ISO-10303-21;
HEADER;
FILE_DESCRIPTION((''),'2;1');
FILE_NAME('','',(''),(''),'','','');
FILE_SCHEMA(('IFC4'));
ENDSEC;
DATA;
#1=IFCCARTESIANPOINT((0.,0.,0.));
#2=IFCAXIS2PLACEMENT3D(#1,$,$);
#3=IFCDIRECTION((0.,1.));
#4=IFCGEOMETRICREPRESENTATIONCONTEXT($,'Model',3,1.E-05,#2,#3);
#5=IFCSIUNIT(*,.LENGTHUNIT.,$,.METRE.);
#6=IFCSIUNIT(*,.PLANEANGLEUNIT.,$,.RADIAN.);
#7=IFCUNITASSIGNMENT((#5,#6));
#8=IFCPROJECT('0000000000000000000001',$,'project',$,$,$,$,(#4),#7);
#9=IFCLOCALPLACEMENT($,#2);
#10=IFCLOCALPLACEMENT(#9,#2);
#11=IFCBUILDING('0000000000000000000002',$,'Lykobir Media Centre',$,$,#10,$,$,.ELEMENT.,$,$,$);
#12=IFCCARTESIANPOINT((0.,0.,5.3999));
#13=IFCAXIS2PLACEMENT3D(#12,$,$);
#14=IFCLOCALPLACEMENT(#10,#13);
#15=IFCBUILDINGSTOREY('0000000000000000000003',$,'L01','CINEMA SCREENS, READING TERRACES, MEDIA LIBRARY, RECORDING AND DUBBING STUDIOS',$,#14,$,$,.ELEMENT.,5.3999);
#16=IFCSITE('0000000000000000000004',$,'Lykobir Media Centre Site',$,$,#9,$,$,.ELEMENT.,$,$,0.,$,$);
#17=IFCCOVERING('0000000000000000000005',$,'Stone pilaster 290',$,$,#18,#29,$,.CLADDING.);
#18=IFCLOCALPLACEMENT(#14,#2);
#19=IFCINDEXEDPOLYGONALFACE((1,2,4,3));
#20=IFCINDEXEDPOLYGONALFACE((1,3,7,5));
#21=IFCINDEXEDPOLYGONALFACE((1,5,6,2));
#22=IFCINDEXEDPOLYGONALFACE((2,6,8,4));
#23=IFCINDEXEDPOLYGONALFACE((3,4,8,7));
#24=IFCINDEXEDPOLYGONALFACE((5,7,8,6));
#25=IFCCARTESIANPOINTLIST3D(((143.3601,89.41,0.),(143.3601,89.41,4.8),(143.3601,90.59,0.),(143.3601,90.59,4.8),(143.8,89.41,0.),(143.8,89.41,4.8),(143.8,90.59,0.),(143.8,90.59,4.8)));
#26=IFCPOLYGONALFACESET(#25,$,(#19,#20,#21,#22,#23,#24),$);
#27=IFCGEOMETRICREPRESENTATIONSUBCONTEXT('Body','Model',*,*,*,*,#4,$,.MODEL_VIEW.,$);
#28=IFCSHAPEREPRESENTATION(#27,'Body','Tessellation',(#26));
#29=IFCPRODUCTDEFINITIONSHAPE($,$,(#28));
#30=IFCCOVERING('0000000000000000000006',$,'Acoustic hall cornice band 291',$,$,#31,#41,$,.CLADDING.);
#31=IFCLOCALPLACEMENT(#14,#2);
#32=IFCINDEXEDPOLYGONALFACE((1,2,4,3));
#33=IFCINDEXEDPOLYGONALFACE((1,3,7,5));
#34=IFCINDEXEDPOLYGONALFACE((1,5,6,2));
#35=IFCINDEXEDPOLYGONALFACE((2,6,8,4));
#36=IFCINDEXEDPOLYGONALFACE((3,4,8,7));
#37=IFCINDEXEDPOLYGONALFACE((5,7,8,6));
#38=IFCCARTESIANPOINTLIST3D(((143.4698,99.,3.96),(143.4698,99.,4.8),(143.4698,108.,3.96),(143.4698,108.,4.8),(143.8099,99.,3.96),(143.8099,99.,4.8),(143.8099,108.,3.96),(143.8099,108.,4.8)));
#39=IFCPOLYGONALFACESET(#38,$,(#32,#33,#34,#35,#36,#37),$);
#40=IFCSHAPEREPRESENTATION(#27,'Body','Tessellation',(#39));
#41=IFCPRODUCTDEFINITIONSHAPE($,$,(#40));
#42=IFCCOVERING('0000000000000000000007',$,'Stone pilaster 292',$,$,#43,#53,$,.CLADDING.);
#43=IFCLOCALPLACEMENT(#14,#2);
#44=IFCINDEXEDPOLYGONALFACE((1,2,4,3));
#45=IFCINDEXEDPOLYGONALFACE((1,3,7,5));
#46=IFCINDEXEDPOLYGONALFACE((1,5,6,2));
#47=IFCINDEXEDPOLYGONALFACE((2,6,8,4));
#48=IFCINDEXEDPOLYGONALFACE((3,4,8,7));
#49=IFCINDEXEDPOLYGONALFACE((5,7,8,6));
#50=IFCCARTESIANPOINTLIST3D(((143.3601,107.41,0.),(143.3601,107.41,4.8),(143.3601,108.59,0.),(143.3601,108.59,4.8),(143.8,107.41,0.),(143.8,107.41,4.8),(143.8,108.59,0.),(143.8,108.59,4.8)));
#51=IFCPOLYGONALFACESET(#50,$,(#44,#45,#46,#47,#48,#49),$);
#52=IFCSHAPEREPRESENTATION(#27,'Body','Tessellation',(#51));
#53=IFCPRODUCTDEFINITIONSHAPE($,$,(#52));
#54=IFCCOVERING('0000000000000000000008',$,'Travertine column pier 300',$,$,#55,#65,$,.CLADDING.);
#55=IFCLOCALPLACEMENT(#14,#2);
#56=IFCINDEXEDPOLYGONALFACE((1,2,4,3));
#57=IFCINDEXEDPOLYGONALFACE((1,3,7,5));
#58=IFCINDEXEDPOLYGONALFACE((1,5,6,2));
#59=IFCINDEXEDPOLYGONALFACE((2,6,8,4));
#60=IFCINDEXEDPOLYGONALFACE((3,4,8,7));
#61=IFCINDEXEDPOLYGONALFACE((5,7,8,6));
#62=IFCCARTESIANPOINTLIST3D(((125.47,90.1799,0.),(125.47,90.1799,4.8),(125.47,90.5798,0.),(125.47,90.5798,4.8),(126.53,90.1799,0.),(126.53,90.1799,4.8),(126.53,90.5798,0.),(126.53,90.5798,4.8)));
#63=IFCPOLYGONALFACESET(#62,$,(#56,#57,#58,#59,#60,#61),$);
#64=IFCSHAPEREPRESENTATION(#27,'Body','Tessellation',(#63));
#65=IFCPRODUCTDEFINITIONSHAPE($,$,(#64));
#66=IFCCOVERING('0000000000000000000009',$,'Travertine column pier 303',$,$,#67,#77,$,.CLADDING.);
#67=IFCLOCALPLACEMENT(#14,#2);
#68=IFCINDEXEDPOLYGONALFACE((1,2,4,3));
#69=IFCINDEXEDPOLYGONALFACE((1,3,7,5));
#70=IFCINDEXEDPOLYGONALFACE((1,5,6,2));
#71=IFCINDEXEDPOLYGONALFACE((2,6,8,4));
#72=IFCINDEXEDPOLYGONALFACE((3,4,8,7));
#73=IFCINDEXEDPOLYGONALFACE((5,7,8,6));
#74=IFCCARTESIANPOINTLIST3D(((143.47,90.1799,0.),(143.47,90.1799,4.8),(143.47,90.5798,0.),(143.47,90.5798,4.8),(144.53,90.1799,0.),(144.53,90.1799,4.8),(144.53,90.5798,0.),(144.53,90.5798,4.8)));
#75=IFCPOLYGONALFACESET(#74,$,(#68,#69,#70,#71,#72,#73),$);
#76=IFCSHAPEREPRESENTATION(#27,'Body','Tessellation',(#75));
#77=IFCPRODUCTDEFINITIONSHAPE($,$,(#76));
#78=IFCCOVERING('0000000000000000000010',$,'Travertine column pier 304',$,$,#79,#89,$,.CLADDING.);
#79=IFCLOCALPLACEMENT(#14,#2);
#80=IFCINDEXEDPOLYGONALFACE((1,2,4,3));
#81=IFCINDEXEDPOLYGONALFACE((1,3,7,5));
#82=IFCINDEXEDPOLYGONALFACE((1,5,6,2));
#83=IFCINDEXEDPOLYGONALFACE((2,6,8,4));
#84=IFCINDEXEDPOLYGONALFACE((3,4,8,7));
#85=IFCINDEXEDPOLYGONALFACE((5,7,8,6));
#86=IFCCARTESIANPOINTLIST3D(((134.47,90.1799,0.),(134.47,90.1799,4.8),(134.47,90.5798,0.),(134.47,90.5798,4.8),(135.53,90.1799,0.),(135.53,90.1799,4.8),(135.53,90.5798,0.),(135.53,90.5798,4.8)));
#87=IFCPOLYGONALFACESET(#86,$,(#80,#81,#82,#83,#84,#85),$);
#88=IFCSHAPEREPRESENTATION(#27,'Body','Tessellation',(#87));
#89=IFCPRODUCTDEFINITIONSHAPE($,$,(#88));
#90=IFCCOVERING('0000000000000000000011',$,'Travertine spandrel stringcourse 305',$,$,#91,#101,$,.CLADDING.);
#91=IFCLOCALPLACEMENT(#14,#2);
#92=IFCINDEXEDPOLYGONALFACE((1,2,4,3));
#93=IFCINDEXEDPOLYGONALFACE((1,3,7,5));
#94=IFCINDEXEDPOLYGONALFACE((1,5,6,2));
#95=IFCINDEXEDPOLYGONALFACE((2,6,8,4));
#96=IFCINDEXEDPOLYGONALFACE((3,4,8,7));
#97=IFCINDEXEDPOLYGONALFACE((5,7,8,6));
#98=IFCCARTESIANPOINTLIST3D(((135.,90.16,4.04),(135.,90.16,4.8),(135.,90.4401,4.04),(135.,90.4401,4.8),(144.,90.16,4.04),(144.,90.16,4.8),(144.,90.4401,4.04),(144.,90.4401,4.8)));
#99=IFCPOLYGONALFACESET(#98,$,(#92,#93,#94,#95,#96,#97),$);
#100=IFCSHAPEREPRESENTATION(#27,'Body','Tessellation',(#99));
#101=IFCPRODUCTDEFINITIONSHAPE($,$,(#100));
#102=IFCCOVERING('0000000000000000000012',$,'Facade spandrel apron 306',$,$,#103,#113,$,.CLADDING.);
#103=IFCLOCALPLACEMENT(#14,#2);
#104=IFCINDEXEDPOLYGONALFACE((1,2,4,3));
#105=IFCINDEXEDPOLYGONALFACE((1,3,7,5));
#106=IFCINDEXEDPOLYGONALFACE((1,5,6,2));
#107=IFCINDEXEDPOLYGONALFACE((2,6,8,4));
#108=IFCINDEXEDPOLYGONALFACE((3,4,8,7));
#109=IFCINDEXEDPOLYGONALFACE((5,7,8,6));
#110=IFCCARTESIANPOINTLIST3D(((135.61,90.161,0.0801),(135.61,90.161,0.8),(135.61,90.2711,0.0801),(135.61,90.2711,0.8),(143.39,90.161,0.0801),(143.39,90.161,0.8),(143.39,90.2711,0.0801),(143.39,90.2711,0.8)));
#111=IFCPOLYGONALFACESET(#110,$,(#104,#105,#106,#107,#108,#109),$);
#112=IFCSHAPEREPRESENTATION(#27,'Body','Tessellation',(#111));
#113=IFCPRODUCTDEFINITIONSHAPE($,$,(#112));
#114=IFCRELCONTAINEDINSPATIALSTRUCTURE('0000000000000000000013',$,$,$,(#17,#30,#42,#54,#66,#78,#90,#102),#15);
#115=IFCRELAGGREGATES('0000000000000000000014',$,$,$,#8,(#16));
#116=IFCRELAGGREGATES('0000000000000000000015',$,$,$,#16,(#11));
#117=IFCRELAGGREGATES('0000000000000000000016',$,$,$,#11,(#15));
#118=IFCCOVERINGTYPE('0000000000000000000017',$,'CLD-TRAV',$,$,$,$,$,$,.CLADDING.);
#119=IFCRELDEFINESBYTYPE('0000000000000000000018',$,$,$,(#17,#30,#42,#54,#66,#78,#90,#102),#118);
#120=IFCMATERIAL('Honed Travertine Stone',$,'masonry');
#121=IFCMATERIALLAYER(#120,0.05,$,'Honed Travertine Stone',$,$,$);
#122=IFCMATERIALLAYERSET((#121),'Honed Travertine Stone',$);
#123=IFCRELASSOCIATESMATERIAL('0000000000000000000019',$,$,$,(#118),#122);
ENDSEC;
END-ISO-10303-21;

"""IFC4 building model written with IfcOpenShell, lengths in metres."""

from ifc_helpers import new_model, si_unit, direction, frame, origin, origin_2d, place, context, subcontext, project, spatial, rectangle, extrude, material, layer, layer_set, type_object, element, save


model = new_model("IFC4")

# Units and contexts
model_context = context("Model", 3, precision=1e-05, world=origin(), true_north=direction((0.0, 1.0)))
body_context = subcontext(model_context, "Body", "Model", "MODEL_VIEW")
ifc_project = project(units=[si_unit("LENGTHUNIT", "METRE"), si_unit("PLANEANGLEUNIT", "RADIAN")], contexts=[model_context])

# Site, building, storey
site_placement = place(None, origin())
site = spatial("IfcSite", under=ifc_project, at=site_placement, Name="Lykobir Media Centre Site", CompositionType="ELEMENT", RefElevation=0.0)
building_placement = place(site_placement, origin())
building = spatial("IfcBuilding", under=site, at=building_placement, Name="Lykobir Media Centre", CompositionType="ELEMENT")
storey_placement = place(building_placement, frame((0.0, 0.0, 5.3999)))
storey = spatial("IfcBuildingStorey", under=building, at=storey_placement, Name="L01", Description="CINEMA SCREENS, READING TERRACES, MEDIA LIBRARY, RECORDING AND DUBBING STUDIOS", CompositionType="ELEMENT", Elevation=5.3999)

# Shared definitions
ifc_material_1 = material(Name="Honed Travertine Stone", Category="masonry")

# Coverings
ifc_layer_1 = layer(ifc_material_1, 0.05, Name="Honed Travertine Stone")
ifc_layer_set_1 = layer_set([ifc_layer_1], Name="Honed Travertine Stone")
covering_type = type_object("IfcCoveringType", Name="CLD-TRAV", PredefinedType="CLADDING", material=ifc_layer_set_1)
for number, where, z_axis, x_axis, name in (
    (1, (143.5801, 90.0, 0.0), (0.0, 0.0, 1.0), (0.0, -1.0, 0.0), "Stone pilaster 290"),
):
    element("IfcCovering", number, at=place(storey_placement, frame(where, z_axis=z_axis, x_axis=x_axis)), inside=storey, type_object=covering_type, Name=name, PredefinedType="CLADDING", context=body_context, shape_type="SweptSolid", body=[
        extrude(rectangle(XDim=1.1799, YDim=0.4399, at=origin_2d()), origin(), (0.0, 0.0, 1.0), 4.8),
    ])
covering_1_placement = place(storey_placement, frame((143.6399, 103.5, 3.96), z_axis=(0.0, 0.0, 1.0), x_axis=(0.0, -1.0, 0.0)))
element("IfcCovering", 2, at=covering_1_placement, inside=storey, type_object=covering_type, Name="Acoustic hall cornice band 291", PredefinedType="CLADDING", context=body_context, shape_type="SweptSolid", body=[
    extrude(rectangle(XDim=9.0, YDim=0.3401, at=origin_2d()), origin(), (0.0, 0.0, 1.0), 0.8401),
])
covering_2_placement = place(storey_placement, frame((143.5801, 108.0, 0.0), z_axis=(0.0, 0.0, 1.0), x_axis=(0.0, -1.0, 0.0)))
element("IfcCovering", 3, at=covering_2_placement, inside=storey, type_object=covering_type, Name="Stone pilaster 292", PredefinedType="CLADDING", context=body_context, shape_type="SweptSolid", body=[
    extrude(rectangle(XDim=1.1799, YDim=0.4399, at=origin_2d()), origin(), (0.0, 0.0, 1.0), 4.8),
])
for number, where, z_axis, x_axis, name in (
    (4, (126.0, 90.3799, 0.0), (0.0, 0.0, 1.0), (-1.0, 0.0, 0.0), "Travertine column pier 300"),
    (5, (144.0, 90.3799, 0.0), (0.0, 0.0, 1.0), (-1.0, 0.0, 0.0), "Travertine column pier 303"),
    (6, (135.0, 90.3799, 0.0), (0.0, 0.0, 1.0), (-1.0, 0.0, 0.0), "Travertine column pier 304"),
):
    element("IfcCovering", number, at=place(storey_placement, frame(where, z_axis=z_axis, x_axis=x_axis)), inside=storey, type_object=covering_type, Name=name, PredefinedType="CLADDING", context=body_context, shape_type="SweptSolid", body=[
        extrude(rectangle(XDim=1.0601, YDim=0.3999, at=origin_2d()), origin(), (0.0, 0.0, 1.0), 4.8),
    ])
covering_3_placement = place(storey_placement, frame((139.5, 90.3, 4.04), z_axis=(0.0, 0.0, 1.0), x_axis=(-1.0, 0.0, 0.0)))
element("IfcCovering", 7, at=covering_3_placement, inside=storey, type_object=covering_type, Name="Travertine spandrel stringcourse 305", PredefinedType="CLADDING", context=body_context, shape_type="SweptSolid", body=[
    extrude(rectangle(XDim=9.0, YDim=0.28, at=origin_2d()), origin(), (0.0, 0.0, 1.0), 0.76),
])
covering_4_placement = place(storey_placement, frame((139.5, 90.2161, 0.0801), z_axis=(0.0, 0.0, 1.0), x_axis=(-1.0, 0.0, 0.0)))
element("IfcCovering", 8, at=covering_4_placement, inside=storey, type_object=covering_type, Name="Facade spandrel apron 306", PredefinedType="CLADDING", context=body_context, shape_type="SweptSolid", body=[
    extrude(rectangle(XDim=7.78, YDim=0.1101, at=origin_2d()), origin(), (0.0, 0.0, 1.0), 0.72),
])

save(model, "model.ifc")
